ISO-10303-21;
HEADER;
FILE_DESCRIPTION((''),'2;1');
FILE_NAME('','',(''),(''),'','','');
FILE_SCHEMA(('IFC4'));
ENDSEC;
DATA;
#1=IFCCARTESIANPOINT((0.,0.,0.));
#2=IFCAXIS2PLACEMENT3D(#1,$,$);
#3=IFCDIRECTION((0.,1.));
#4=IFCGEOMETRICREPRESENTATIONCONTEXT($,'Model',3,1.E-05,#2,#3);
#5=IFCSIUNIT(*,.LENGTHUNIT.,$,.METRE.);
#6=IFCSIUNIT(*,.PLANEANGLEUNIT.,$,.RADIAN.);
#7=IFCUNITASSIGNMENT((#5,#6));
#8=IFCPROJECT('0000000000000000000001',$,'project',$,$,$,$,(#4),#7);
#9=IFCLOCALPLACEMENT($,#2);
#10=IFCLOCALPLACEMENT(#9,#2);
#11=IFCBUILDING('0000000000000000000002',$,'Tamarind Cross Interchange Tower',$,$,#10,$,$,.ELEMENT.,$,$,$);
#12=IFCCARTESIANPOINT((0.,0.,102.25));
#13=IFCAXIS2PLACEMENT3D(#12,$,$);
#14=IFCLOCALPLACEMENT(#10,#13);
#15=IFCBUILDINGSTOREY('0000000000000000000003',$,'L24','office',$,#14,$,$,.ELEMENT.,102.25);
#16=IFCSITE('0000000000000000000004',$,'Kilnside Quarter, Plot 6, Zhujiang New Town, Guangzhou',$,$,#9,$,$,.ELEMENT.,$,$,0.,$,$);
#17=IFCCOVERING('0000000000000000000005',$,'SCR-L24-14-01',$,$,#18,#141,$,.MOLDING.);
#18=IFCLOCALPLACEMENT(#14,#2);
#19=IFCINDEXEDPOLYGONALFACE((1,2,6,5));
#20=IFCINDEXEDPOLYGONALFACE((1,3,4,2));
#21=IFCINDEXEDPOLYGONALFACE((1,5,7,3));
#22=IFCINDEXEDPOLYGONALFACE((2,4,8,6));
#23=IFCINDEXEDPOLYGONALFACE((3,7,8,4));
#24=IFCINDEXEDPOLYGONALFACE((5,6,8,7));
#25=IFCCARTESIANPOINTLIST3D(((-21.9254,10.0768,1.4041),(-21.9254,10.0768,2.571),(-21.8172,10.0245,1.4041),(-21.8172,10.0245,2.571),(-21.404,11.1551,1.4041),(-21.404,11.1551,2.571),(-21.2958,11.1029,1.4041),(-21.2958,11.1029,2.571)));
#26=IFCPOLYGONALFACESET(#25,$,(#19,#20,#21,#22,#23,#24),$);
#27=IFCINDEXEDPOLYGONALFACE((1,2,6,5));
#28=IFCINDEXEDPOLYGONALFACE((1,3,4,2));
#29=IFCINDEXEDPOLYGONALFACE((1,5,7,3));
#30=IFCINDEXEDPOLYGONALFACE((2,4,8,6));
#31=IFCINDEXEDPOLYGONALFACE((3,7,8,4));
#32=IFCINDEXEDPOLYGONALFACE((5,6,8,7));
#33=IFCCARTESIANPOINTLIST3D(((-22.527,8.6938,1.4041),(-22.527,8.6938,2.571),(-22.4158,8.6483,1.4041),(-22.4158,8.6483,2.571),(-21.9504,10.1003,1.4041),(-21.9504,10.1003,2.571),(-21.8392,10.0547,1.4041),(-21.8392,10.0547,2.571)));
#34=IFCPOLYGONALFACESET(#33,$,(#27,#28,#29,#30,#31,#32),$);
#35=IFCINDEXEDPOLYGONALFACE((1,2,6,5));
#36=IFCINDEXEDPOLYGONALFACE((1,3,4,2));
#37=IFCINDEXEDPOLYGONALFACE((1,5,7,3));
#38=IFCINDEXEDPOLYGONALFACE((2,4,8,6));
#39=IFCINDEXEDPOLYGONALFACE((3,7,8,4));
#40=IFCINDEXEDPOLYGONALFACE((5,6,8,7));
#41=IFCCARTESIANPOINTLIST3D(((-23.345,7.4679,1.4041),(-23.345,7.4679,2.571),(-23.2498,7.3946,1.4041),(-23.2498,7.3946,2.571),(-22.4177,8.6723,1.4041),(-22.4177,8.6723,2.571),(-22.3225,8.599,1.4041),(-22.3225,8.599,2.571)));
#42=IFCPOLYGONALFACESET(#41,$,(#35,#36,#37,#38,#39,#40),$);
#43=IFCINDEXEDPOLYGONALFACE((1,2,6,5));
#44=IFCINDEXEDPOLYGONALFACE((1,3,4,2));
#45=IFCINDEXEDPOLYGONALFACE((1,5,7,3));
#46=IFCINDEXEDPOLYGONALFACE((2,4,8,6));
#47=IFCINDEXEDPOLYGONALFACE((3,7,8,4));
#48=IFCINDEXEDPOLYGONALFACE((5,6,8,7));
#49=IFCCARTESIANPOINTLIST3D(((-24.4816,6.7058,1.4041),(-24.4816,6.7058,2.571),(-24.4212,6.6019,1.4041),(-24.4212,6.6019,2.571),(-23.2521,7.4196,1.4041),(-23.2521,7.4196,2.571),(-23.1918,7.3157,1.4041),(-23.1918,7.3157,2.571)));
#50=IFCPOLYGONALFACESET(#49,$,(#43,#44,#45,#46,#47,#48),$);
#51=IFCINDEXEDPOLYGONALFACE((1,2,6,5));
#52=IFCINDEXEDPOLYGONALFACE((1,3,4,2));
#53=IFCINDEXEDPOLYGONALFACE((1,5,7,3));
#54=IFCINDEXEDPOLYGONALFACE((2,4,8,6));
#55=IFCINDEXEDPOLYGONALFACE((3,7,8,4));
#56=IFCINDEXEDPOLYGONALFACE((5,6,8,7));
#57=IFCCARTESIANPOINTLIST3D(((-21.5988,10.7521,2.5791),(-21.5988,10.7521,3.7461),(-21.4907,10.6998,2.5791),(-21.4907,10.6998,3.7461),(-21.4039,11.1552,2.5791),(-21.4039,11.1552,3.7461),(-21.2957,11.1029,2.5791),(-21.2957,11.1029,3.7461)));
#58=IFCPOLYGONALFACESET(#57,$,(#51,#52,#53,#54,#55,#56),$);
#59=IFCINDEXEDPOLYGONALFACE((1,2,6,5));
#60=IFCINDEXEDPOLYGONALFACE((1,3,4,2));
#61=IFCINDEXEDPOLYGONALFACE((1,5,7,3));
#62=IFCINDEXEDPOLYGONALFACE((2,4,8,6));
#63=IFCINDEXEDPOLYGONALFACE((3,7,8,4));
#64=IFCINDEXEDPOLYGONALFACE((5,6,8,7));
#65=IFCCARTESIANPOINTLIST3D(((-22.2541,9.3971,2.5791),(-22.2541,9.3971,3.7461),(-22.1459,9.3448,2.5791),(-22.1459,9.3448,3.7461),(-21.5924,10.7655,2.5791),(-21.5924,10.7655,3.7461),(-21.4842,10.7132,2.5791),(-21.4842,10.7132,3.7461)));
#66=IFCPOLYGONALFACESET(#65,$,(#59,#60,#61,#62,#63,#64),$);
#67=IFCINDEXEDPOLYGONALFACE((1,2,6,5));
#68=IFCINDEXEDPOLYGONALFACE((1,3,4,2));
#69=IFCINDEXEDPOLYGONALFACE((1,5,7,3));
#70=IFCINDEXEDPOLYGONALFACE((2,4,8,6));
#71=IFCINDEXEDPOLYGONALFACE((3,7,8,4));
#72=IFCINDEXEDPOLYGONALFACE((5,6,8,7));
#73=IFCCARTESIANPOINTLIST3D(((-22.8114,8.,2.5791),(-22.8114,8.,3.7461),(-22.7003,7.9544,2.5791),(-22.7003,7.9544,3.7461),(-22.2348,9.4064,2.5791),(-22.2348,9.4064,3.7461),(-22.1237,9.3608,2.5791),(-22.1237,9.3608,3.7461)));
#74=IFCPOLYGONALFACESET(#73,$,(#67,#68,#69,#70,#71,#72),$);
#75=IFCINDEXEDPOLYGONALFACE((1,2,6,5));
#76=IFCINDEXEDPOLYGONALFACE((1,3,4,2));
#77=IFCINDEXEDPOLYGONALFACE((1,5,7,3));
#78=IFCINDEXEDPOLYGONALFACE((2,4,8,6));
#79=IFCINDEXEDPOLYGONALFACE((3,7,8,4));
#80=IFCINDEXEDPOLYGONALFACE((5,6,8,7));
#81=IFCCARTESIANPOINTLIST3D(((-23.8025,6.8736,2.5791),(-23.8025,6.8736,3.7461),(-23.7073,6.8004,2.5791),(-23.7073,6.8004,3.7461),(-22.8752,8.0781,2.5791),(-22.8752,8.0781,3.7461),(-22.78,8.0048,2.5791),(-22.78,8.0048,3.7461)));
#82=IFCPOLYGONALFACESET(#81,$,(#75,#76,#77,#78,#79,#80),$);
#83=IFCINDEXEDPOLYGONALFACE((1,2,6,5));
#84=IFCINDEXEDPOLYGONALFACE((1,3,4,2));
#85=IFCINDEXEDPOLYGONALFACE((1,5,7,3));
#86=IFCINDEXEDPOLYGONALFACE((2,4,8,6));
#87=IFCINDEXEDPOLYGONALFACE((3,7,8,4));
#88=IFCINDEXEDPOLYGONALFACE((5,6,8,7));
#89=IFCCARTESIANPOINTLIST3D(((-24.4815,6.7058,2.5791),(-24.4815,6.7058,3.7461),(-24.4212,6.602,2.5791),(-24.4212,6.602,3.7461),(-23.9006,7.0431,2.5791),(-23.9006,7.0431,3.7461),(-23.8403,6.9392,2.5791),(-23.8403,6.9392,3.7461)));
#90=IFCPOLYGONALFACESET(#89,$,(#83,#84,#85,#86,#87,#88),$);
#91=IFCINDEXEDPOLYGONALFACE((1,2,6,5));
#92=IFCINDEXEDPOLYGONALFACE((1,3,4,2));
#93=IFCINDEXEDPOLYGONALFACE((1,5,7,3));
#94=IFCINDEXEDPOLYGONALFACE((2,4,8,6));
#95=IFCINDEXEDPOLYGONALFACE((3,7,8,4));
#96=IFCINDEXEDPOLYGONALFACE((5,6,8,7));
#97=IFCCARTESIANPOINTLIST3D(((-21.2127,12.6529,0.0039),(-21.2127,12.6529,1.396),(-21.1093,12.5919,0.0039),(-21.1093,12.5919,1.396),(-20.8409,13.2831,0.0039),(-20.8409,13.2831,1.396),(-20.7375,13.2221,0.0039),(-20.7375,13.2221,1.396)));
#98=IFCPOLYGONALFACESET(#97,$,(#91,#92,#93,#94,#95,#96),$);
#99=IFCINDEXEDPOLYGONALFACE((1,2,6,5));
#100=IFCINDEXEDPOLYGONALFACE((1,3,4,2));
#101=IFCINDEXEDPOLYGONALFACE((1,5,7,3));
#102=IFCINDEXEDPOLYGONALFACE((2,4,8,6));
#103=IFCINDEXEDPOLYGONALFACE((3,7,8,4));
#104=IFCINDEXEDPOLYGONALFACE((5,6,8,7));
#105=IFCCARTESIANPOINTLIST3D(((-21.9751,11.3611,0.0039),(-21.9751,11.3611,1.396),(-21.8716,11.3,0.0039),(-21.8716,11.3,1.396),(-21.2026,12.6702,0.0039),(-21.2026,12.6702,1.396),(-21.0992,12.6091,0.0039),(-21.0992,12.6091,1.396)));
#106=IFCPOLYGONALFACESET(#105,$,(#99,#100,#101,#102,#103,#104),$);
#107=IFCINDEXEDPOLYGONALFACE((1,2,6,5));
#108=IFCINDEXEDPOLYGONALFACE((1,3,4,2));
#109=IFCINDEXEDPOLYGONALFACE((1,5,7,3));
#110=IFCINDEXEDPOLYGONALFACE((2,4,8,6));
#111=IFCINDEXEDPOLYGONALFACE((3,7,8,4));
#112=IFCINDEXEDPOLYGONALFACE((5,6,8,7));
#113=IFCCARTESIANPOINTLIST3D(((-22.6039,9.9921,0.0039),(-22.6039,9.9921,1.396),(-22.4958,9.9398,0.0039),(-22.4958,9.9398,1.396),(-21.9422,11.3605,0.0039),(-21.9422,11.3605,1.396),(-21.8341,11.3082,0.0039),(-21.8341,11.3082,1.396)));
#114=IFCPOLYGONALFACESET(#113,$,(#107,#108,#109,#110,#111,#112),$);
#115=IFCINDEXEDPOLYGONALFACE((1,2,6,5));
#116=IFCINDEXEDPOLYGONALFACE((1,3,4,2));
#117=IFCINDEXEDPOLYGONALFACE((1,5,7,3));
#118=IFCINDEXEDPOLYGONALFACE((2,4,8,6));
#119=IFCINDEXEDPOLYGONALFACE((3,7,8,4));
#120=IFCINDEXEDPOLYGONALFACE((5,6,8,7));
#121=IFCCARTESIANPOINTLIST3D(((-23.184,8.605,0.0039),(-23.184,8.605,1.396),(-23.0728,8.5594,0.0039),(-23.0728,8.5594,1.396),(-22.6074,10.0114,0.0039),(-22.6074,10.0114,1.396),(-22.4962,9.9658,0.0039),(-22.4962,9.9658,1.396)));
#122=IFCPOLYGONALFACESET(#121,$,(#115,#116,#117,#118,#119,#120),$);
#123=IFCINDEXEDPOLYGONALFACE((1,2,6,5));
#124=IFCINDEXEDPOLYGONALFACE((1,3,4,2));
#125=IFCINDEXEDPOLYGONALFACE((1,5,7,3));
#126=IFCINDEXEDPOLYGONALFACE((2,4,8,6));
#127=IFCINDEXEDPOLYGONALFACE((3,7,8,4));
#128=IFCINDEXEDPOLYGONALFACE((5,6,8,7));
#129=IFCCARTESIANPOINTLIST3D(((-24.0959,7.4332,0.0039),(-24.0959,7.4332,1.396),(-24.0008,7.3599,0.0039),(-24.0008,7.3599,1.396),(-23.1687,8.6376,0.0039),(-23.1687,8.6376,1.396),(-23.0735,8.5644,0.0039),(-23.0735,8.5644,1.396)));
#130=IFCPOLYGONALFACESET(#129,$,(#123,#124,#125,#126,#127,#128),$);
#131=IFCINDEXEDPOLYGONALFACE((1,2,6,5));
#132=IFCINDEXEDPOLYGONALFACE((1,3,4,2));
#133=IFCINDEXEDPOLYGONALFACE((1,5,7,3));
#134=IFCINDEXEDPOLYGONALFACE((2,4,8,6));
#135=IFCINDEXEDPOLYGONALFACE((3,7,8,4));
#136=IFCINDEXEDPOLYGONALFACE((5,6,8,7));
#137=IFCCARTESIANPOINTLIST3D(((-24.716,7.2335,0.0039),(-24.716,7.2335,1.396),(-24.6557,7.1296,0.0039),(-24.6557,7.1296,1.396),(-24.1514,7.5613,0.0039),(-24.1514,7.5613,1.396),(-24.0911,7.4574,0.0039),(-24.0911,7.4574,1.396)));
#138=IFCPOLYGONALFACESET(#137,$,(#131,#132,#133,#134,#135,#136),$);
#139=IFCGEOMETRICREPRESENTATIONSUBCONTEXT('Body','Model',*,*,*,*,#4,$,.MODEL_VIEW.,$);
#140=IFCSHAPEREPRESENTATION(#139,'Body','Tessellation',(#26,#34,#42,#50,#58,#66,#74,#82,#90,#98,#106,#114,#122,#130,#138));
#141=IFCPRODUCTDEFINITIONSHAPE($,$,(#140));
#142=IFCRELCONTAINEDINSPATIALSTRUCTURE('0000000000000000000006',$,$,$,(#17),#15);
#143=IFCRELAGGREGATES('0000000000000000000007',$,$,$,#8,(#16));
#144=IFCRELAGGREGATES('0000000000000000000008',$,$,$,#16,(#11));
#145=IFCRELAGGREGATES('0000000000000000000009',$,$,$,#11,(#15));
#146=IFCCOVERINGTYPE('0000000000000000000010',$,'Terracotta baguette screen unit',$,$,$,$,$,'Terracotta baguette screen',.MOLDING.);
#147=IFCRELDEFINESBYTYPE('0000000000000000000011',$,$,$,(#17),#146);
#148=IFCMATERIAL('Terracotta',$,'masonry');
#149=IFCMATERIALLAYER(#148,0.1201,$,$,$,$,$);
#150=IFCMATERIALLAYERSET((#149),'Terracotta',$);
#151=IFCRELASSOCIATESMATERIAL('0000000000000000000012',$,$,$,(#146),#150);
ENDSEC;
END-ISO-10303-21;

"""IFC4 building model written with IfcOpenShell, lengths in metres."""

from ifc_helpers import new_model, si_unit, direction, frame, origin, origin_2d, place, context, subcontext, project, spatial, rectangle, extrude, material, layer, layer_set, type_object, element, save


model = new_model("IFC4")

# Units and contexts
model_context = context("Model", 3, precision=1e-05, world=origin(), true_north=direction((0.0, 1.0)))
body_context = subcontext(model_context, "Body", "Model", "MODEL_VIEW")
ifc_project = project(units=[si_unit("LENGTHUNIT", "METRE"), si_unit("PLANEANGLEUNIT", "RADIAN")], contexts=[model_context])

# Site, building, storey
site_placement = place(None, origin())
site = spatial("IfcSite", under=ifc_project, at=site_placement, Name="Kilnside Quarter, Plot 6, Zhujiang New Town, Guangzhou", CompositionType="ELEMENT", RefElevation=0.0)
building_placement = place(site_placement, origin())
building = spatial("IfcBuilding", under=site, at=building_placement, Name="Tamarind Cross Interchange Tower", CompositionType="ELEMENT")
storey_placement = place(building_placement, frame((0.0, 0.0, 102.25)))
storey = spatial("IfcBuildingStorey", under=building, at=storey_placement, Name="L24", Description="office", CompositionType="ELEMENT", Elevation=102.25)

# Covering
ifc_material_1 = material(Name="Terracotta", Category="masonry")
ifc_layer_1 = layer(ifc_material_1, 0.1201)
ifc_layer_set_1 = layer_set([ifc_layer_1], Name="Terracotta")
covering_type = type_object("IfcCoveringType", Name="Terracotta baguette screen unit", ElementType="Terracotta baguette screen", PredefinedType="MOLDING", material=ifc_layer_set_1)
covering_1_placement = place(storey_placement, origin())
element("IfcCovering", 1, at=covering_1_placement, inside=storey, type_object=covering_type, Name="SCR-L24-14-01", PredefinedType="MOLDING", context=body_context, shape_type="SweptSolid", body=[
    extrude(rectangle(XDim=1.1978, YDim=0.1201, at=origin_2d()), frame((-21.6106, 10.5898, 1.4041), z_axis=(0.0, 0.0, 1.0), x_axis=(-0.435326, -0.900273, 0.0)), (0.0, 0.0, 1.0), 1.167),
    extrude(rectangle(XDim=1.52, YDim=0.1201, at=origin_2d()), frame((-22.1831, 9.3743, 1.4041), z_axis=(0.0, 0.0, 1.0), x_axis=(-0.379339, -0.925258, 0.0)), (0.0, 0.0, 1.0), 1.167),
    extrude(rectangle(XDim=1.52, YDim=0.1201, at=origin_2d()), frame((-22.8337, 8.0334, 1.4041), z_axis=(0.0, 0.0, 1.0), x_axis=(-0.61003, -0.792378, 0.0)), (0.0, 0.0, 1.0), 1.167),
    extrude(rectangle(XDim=1.4216, YDim=0.1201, at=origin_2d()), frame((-23.8367, 7.0107, 1.4041), z_axis=(0.0, 0.0, 1.0), x_axis=(-0.864825, -0.502074, 0.0)), (0.0, 0.0, 1.0), 1.167),
    extrude(rectangle(XDim=0.4478, YDim=0.1201, at=origin_2d()), frame((-21.4473, 10.9275, 2.5791), z_axis=(0.0, 0.0, 1.0), x_axis=(-0.435326, -0.900273, 0.0)), (0.0, 0.0, 1.0), 1.167),
    extrude(rectangle(XDim=1.52, YDim=0.1201, at=origin_2d()), frame((-21.8691, 10.0552, 2.5791), z_axis=(0.0, 0.0, 1.0), x_axis=(-0.435326, -0.900273, 0.0)), (0.0, 0.0, 1.0), 1.167),
    extrude(rectangle(XDim=1.52, YDim=0.1201, at=origin_2d()), frame((-22.4675, 8.6804, 2.5791), z_axis=(0.0, 0.0, 1.0), x_axis=(-0.379339, -0.925258, 0.0)), (0.0, 0.0, 1.0), 1.167),
    extrude(rectangle(XDim=1.52, YDim=0.1201, at=origin_2d()), frame((-23.2913, 7.4392, 2.5791), z_axis=(0.0, 0.0, 1.0), x_axis=(-0.61003, -0.792378, 0.0)), (0.0, 0.0, 1.0), 1.167),
    extrude(rectangle(XDim=0.6716, YDim=0.1201, at=origin_2d()), frame((-24.1609, 6.8225, 2.5791), z_axis=(0.0, 0.0, 1.0), x_axis=(-0.864825, -0.502074, 0.0)), (0.0, 0.0, 1.0), 1.167),
    extrude(rectangle(XDim=0.7317, YDim=0.1201, at=origin_2d()), frame((-20.9751, 12.9375, 0.0039), z_axis=(0.0, 0.0, 1.0), x_axis=(-0.508183, -0.861249, 0.0)), (0.0, 0.0, 1.0), 1.3921),
    extrude(rectangle(XDim=1.52, YDim=0.1201, at=origin_2d()), frame((-21.5371, 11.9851, 0.0039), z_axis=(0.0, 0.0, 1.0), x_axis=(-0.508183, -0.861249, 0.0)), (0.0, 0.0, 1.0), 1.3921),
    extrude(rectangle(XDim=1.52, YDim=0.1201, at=origin_2d()), frame((-22.219, 10.6501, 0.0039), z_axis=(0.0, 0.0, 1.0), x_axis=(-0.435326, -0.900273, 0.0)), (0.0, 0.0, 1.0), 1.3921),
    extrude(rectangle(XDim=1.52, YDim=0.1201, at=origin_2d()), frame((-22.8401, 9.2854, 0.0039), z_axis=(0.0, 0.0, 1.0), x_axis=(-0.379339, -0.925258, 0.0)), (0.0, 0.0, 1.0), 1.3921),
    extrude(rectangle(XDim=1.52, YDim=0.1201, at=origin_2d()), frame((-23.5847, 7.9988, 0.0039), z_axis=(0.0, 0.0, 1.0), x_axis=(-0.61003, -0.792378, 0.0)), (0.0, 0.0, 1.0), 1.3921),
    extrude(rectangle(XDim=0.6528, YDim=0.1201, at=origin_2d()), frame((-24.4036, 7.3455, 0.0039), z_axis=(0.0, 0.0, 1.0), x_axis=(-0.864825, -0.502074, 0.0)), (0.0, 0.0, 1.0), 1.3921),
])

save(model, "model.ifc")
